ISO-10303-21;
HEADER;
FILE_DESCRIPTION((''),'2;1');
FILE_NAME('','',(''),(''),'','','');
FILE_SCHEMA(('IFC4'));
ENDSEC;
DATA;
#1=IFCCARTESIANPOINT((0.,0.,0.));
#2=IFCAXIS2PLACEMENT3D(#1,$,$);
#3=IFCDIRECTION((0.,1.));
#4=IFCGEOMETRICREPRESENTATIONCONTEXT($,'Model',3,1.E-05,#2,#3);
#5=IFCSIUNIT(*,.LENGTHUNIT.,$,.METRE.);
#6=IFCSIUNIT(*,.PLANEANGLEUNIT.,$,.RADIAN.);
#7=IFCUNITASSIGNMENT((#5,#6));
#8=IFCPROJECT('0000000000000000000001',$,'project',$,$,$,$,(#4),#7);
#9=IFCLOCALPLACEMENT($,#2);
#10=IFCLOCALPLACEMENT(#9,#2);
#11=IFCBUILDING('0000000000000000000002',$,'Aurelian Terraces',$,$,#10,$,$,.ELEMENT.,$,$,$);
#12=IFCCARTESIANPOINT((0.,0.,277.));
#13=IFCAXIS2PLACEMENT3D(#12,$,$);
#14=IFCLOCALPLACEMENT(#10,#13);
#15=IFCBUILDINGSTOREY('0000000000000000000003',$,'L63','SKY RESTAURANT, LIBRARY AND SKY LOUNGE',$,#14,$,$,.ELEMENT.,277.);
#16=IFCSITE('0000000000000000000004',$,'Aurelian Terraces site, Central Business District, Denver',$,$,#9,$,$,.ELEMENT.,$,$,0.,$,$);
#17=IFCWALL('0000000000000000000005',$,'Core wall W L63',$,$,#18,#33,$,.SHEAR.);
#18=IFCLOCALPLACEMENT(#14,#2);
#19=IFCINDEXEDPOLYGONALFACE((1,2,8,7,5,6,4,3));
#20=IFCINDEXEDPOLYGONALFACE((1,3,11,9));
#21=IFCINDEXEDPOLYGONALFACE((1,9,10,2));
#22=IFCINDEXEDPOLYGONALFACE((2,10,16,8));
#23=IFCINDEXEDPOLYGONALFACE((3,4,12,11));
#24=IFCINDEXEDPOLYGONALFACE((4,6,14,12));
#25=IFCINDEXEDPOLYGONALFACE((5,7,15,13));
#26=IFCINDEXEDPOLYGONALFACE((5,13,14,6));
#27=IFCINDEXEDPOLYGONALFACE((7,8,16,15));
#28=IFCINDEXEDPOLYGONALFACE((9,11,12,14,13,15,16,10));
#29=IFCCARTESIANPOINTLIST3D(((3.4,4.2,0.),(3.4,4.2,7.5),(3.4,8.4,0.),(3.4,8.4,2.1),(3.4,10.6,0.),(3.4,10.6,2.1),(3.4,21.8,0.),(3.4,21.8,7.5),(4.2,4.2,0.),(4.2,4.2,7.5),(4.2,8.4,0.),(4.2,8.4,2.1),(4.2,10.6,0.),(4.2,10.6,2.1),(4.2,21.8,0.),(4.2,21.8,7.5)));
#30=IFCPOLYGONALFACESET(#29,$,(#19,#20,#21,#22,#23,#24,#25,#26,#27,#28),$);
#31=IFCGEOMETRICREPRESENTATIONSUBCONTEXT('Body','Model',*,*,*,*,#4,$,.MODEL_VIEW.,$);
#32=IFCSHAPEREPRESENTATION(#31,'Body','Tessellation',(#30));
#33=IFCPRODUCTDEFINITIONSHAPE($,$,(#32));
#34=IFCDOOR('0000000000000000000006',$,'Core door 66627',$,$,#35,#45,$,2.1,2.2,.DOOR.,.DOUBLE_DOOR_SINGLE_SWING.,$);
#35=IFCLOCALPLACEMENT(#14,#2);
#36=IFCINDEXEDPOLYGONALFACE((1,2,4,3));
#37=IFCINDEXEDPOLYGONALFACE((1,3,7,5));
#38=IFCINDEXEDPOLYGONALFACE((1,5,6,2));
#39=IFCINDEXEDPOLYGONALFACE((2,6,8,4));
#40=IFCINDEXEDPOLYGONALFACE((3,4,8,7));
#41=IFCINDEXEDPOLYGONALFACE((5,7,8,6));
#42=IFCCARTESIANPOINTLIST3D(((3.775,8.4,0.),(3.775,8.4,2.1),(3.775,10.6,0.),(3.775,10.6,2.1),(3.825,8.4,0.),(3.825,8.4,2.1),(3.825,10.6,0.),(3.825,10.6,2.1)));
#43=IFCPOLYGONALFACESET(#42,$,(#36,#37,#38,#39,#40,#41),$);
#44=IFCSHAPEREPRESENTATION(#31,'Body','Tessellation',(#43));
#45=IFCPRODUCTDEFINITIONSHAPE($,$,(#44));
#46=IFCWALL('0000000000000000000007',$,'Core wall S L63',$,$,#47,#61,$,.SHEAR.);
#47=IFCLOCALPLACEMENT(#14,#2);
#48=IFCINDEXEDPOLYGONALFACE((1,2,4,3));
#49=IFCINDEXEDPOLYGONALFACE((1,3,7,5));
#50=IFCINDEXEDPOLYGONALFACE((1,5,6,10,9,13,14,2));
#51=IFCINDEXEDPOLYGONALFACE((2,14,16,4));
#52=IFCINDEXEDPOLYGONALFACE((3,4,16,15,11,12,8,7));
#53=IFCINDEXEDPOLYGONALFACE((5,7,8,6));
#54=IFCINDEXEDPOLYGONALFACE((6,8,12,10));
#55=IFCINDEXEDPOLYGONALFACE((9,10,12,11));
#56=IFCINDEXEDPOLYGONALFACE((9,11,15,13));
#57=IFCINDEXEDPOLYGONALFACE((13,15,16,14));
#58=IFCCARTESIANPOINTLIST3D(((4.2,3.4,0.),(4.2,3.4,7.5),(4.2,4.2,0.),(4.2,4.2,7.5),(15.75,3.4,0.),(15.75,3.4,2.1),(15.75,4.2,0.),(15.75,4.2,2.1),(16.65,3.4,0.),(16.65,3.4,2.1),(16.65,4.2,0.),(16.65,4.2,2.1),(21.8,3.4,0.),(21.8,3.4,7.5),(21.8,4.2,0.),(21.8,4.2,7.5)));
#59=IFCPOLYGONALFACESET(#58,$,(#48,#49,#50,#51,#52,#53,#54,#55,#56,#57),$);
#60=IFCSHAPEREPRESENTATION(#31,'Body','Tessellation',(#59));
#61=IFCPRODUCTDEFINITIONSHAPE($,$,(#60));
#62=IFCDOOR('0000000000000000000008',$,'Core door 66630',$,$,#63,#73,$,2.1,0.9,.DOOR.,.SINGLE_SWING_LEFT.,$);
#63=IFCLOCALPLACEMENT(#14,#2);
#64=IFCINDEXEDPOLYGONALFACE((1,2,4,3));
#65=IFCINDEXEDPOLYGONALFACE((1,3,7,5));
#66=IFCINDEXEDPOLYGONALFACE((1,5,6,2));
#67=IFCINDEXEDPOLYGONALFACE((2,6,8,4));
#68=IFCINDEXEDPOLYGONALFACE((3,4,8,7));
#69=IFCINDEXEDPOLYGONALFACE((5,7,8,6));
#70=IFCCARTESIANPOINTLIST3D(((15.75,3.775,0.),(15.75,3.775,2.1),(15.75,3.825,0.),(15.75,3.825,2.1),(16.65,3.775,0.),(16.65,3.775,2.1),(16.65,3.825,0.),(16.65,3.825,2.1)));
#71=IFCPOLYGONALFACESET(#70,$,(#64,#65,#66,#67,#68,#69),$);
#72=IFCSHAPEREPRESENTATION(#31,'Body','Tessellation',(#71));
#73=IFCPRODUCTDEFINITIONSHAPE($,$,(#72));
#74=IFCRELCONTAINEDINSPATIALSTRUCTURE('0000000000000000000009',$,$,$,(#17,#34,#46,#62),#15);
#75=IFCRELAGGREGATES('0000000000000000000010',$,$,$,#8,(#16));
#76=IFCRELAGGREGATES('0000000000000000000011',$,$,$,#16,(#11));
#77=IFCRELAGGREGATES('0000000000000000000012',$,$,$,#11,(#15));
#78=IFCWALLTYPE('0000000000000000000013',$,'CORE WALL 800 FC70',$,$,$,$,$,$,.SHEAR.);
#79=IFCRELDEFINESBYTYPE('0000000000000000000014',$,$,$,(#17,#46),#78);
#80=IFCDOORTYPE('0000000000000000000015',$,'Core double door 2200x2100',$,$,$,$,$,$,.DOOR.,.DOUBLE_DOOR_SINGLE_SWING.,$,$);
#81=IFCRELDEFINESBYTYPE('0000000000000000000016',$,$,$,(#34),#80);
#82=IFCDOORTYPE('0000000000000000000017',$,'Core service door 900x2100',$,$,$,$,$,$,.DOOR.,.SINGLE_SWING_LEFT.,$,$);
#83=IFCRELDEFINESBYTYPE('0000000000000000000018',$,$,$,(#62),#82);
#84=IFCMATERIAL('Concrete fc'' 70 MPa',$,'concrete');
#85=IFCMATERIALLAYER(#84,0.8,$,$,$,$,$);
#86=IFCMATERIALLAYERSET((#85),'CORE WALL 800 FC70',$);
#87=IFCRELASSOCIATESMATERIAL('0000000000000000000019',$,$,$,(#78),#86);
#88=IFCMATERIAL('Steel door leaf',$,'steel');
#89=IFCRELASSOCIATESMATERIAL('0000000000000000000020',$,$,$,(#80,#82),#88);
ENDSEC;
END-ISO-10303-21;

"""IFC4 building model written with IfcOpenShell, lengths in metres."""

from ifc_helpers import new_model, si_unit, direction, frame, frame_2d, origin, place, context, subcontext, project, spatial, rectangle, extrude, source, transform, mapped, material, layer, layer_set, type_object, element, fill, save


model = new_model("IFC4")

# Units and contexts
model_context = context("Model", 3, precision=1e-05, world=origin(), true_north=direction((0.0, 1.0)))
body_context = subcontext(model_context, "Body", "Model", "MODEL_VIEW")
ifc_project = project(units=[si_unit("LENGTHUNIT", "METRE"), si_unit("PLANEANGLEUNIT", "RADIAN")], contexts=[model_context])

# Site, building, storey
site_placement = place(None, origin())
site = spatial("IfcSite", under=ifc_project, at=site_placement, Name="Aurelian Terraces site, Central Business District, Denver", CompositionType="ELEMENT", RefElevation=0.0)
building_placement = place(site_placement, origin())
building = spatial("IfcBuilding", under=site, at=building_placement, Name="Aurelian Terraces", CompositionType="ELEMENT")
storey_placement = place(building_placement, frame((0.0, 0.0, 277.0)))
storey = spatial("IfcBuildingStorey", under=building, at=storey_placement, Name="L63", Description="SKY RESTAURANT, LIBRARY AND SKY LOUNGE", CompositionType="ELEMENT", Elevation=277.0)

# Walls, openings, doors
ifc_material_1 = material(Name="Concrete fc' 70 MPa", Category="concrete")
ifc_layer_1 = layer(ifc_material_1, 0.8)
ifc_layer_set_1 = layer_set([ifc_layer_1], Name="CORE WALL 800 FC70")
wall_type = type_object("IfcWallType", Name="CORE WALL 800 FC70", PredefinedType="SHEAR", material=ifc_layer_set_1)
wall_1_placement = place(storey_placement, frame((3.8, 4.2, 0.0), z_axis=(0.0, 0.0, 1.0), x_axis=(0.0, 1.0, 0.0)))
wall_1 = element("IfcWall", 1, at=wall_1_placement, inside=storey, type_object=wall_type, Name="Core wall W L63", PredefinedType="SHEAR", context=body_context, shape_type="SweptSolid", body=[
    extrude(rectangle(XDim=17.6, YDim=0.8, at=frame_2d((8.8, 0.0))), origin(), (0.0, 0.0, 1.0), 7.5),
])
shared_shape_1 = source(origin(), body_context, "Body", "SweptSolid", [
    extrude(rectangle(XDim=2.2, YDim=2.1, at=frame_2d((1.1, 1.05))), frame((0.0, 0.41, 0.0), z_axis=(0.0, -1.0, 0.0), x_axis=(1.0, 0.0, 0.0)), (0.0, 0.0, 1.0), 0.82),
])
opening_1_placement = place(wall_1_placement, frame((4.2, 0.0, 0.0)))
opening_1 = element("IfcOpeningElement", 2, at=opening_1_placement, cuts=wall_1, PredefinedType="OPENING", context=body_context, shape_type="MappedRepresentation", body=[
    mapped(shared_shape_1, transform((0.0, 0.0, 0.0), scale=1.0)),
])
ifc_material_2 = material(Name="Steel door leaf", Category="steel")
door_type_1 = type_object("IfcDoorType", Name="Core double door 2200x2100", OperationType="DOUBLE_DOOR_SINGLE_SWING", PredefinedType="DOOR", material=ifc_material_2)
shared_shape_2 = source(origin(), body_context, "Body", "SweptSolid", [
    extrude(rectangle(XDim=2.2, YDim=2.1, at=frame_2d((1.1, 1.05))), frame((0.0, 0.025, 0.0), z_axis=(0.0, -1.0, 0.0), x_axis=(1.0, 0.0, 0.0)), (0.0, 0.0, 1.0), 0.05),
])
door_1_placement = place(opening_1_placement, origin())
door_1 = element("IfcDoor", 3, at=door_1_placement, inside=storey, type_object=door_type_1, Name="Core door 66627", OperationType="DOUBLE_DOOR_SINGLE_SWING", OverallHeight=2.1, OverallWidth=2.2, PredefinedType="DOOR", context=body_context, shape_type="MappedRepresentation", body=[
    mapped(shared_shape_2, transform((0.0, 0.0, 0.0), scale=1.0)),
])
fill(opening_1, door_1)
shared_shape_3 = source(origin(), body_context, "Body", "SweptSolid", [
    extrude(rectangle(XDim=17.6, YDim=0.8, at=frame_2d((8.8, 0.0))), origin(), (0.0, 0.0, 1.0), 7.5),
])
wall_2_placement = place(storey_placement, frame((4.2, 3.8, 0.0), z_axis=(0.0, 0.0, 1.0), x_axis=(1.0, 0.0, 0.0)))
wall_2 = element("IfcWall", 4, at=wall_2_placement, inside=storey, type_object=wall_type, Name="Core wall S L63", PredefinedType="SHEAR", context=body_context, shape_type="MappedRepresentation", body=[
    mapped(shared_shape_3, transform((0.0, 0.0, 0.0), scale=1.0)),
])
shared_shape_4 = source(origin(), body_context, "Body", "SweptSolid", [
    extrude(rectangle(XDim=0.9, YDim=2.1, at=frame_2d((0.45, 1.05))), frame((0.0, 0.41, 0.0), z_axis=(0.0, -1.0, 0.0), x_axis=(1.0, 0.0, 0.0)), (0.0, 0.0, 1.0), 0.82),
])
opening_2_placement = place(wall_2_placement, frame((11.55, 0.0, 0.0)))
opening_2 = element("IfcOpeningElement", 5, at=opening_2_placement, cuts=wall_2, PredefinedType="OPENING", context=body_context, shape_type="MappedRepresentation", body=[
    mapped(shared_shape_4, transform((0.0, 0.0, 0.0), scale=1.0)),
])
door_type_2 = type_object("IfcDoorType", Name="Core service door 900x2100", OperationType="SINGLE_SWING_LEFT", PredefinedType="DOOR", material=ifc_material_2)
shared_shape_5 = source(origin(), body_context, "Body", "SweptSolid", [
    extrude(rectangle(XDim=0.9, YDim=2.1, at=frame_2d((0.45, 1.05))), frame((0.0, 0.025, 0.0), z_axis=(0.0, -1.0, 0.0), x_axis=(1.0, 0.0, 0.0)), (0.0, 0.0, 1.0), 0.05),
])
door_2_placement = place(opening_2_placement, origin())
door_2 = element("IfcDoor", 6, at=door_2_placement, inside=storey, type_object=door_type_2, Name="Core door 66630", OperationType="SINGLE_SWING_LEFT", OverallHeight=2.1, OverallWidth=0.9, PredefinedType="DOOR", context=body_context, shape_type="MappedRepresentation", body=[
    mapped(shared_shape_5, transform((0.0, 0.0, 0.0), scale=1.0)),
])
fill(opening_2, door_2)

save(model, "model.ifc")
